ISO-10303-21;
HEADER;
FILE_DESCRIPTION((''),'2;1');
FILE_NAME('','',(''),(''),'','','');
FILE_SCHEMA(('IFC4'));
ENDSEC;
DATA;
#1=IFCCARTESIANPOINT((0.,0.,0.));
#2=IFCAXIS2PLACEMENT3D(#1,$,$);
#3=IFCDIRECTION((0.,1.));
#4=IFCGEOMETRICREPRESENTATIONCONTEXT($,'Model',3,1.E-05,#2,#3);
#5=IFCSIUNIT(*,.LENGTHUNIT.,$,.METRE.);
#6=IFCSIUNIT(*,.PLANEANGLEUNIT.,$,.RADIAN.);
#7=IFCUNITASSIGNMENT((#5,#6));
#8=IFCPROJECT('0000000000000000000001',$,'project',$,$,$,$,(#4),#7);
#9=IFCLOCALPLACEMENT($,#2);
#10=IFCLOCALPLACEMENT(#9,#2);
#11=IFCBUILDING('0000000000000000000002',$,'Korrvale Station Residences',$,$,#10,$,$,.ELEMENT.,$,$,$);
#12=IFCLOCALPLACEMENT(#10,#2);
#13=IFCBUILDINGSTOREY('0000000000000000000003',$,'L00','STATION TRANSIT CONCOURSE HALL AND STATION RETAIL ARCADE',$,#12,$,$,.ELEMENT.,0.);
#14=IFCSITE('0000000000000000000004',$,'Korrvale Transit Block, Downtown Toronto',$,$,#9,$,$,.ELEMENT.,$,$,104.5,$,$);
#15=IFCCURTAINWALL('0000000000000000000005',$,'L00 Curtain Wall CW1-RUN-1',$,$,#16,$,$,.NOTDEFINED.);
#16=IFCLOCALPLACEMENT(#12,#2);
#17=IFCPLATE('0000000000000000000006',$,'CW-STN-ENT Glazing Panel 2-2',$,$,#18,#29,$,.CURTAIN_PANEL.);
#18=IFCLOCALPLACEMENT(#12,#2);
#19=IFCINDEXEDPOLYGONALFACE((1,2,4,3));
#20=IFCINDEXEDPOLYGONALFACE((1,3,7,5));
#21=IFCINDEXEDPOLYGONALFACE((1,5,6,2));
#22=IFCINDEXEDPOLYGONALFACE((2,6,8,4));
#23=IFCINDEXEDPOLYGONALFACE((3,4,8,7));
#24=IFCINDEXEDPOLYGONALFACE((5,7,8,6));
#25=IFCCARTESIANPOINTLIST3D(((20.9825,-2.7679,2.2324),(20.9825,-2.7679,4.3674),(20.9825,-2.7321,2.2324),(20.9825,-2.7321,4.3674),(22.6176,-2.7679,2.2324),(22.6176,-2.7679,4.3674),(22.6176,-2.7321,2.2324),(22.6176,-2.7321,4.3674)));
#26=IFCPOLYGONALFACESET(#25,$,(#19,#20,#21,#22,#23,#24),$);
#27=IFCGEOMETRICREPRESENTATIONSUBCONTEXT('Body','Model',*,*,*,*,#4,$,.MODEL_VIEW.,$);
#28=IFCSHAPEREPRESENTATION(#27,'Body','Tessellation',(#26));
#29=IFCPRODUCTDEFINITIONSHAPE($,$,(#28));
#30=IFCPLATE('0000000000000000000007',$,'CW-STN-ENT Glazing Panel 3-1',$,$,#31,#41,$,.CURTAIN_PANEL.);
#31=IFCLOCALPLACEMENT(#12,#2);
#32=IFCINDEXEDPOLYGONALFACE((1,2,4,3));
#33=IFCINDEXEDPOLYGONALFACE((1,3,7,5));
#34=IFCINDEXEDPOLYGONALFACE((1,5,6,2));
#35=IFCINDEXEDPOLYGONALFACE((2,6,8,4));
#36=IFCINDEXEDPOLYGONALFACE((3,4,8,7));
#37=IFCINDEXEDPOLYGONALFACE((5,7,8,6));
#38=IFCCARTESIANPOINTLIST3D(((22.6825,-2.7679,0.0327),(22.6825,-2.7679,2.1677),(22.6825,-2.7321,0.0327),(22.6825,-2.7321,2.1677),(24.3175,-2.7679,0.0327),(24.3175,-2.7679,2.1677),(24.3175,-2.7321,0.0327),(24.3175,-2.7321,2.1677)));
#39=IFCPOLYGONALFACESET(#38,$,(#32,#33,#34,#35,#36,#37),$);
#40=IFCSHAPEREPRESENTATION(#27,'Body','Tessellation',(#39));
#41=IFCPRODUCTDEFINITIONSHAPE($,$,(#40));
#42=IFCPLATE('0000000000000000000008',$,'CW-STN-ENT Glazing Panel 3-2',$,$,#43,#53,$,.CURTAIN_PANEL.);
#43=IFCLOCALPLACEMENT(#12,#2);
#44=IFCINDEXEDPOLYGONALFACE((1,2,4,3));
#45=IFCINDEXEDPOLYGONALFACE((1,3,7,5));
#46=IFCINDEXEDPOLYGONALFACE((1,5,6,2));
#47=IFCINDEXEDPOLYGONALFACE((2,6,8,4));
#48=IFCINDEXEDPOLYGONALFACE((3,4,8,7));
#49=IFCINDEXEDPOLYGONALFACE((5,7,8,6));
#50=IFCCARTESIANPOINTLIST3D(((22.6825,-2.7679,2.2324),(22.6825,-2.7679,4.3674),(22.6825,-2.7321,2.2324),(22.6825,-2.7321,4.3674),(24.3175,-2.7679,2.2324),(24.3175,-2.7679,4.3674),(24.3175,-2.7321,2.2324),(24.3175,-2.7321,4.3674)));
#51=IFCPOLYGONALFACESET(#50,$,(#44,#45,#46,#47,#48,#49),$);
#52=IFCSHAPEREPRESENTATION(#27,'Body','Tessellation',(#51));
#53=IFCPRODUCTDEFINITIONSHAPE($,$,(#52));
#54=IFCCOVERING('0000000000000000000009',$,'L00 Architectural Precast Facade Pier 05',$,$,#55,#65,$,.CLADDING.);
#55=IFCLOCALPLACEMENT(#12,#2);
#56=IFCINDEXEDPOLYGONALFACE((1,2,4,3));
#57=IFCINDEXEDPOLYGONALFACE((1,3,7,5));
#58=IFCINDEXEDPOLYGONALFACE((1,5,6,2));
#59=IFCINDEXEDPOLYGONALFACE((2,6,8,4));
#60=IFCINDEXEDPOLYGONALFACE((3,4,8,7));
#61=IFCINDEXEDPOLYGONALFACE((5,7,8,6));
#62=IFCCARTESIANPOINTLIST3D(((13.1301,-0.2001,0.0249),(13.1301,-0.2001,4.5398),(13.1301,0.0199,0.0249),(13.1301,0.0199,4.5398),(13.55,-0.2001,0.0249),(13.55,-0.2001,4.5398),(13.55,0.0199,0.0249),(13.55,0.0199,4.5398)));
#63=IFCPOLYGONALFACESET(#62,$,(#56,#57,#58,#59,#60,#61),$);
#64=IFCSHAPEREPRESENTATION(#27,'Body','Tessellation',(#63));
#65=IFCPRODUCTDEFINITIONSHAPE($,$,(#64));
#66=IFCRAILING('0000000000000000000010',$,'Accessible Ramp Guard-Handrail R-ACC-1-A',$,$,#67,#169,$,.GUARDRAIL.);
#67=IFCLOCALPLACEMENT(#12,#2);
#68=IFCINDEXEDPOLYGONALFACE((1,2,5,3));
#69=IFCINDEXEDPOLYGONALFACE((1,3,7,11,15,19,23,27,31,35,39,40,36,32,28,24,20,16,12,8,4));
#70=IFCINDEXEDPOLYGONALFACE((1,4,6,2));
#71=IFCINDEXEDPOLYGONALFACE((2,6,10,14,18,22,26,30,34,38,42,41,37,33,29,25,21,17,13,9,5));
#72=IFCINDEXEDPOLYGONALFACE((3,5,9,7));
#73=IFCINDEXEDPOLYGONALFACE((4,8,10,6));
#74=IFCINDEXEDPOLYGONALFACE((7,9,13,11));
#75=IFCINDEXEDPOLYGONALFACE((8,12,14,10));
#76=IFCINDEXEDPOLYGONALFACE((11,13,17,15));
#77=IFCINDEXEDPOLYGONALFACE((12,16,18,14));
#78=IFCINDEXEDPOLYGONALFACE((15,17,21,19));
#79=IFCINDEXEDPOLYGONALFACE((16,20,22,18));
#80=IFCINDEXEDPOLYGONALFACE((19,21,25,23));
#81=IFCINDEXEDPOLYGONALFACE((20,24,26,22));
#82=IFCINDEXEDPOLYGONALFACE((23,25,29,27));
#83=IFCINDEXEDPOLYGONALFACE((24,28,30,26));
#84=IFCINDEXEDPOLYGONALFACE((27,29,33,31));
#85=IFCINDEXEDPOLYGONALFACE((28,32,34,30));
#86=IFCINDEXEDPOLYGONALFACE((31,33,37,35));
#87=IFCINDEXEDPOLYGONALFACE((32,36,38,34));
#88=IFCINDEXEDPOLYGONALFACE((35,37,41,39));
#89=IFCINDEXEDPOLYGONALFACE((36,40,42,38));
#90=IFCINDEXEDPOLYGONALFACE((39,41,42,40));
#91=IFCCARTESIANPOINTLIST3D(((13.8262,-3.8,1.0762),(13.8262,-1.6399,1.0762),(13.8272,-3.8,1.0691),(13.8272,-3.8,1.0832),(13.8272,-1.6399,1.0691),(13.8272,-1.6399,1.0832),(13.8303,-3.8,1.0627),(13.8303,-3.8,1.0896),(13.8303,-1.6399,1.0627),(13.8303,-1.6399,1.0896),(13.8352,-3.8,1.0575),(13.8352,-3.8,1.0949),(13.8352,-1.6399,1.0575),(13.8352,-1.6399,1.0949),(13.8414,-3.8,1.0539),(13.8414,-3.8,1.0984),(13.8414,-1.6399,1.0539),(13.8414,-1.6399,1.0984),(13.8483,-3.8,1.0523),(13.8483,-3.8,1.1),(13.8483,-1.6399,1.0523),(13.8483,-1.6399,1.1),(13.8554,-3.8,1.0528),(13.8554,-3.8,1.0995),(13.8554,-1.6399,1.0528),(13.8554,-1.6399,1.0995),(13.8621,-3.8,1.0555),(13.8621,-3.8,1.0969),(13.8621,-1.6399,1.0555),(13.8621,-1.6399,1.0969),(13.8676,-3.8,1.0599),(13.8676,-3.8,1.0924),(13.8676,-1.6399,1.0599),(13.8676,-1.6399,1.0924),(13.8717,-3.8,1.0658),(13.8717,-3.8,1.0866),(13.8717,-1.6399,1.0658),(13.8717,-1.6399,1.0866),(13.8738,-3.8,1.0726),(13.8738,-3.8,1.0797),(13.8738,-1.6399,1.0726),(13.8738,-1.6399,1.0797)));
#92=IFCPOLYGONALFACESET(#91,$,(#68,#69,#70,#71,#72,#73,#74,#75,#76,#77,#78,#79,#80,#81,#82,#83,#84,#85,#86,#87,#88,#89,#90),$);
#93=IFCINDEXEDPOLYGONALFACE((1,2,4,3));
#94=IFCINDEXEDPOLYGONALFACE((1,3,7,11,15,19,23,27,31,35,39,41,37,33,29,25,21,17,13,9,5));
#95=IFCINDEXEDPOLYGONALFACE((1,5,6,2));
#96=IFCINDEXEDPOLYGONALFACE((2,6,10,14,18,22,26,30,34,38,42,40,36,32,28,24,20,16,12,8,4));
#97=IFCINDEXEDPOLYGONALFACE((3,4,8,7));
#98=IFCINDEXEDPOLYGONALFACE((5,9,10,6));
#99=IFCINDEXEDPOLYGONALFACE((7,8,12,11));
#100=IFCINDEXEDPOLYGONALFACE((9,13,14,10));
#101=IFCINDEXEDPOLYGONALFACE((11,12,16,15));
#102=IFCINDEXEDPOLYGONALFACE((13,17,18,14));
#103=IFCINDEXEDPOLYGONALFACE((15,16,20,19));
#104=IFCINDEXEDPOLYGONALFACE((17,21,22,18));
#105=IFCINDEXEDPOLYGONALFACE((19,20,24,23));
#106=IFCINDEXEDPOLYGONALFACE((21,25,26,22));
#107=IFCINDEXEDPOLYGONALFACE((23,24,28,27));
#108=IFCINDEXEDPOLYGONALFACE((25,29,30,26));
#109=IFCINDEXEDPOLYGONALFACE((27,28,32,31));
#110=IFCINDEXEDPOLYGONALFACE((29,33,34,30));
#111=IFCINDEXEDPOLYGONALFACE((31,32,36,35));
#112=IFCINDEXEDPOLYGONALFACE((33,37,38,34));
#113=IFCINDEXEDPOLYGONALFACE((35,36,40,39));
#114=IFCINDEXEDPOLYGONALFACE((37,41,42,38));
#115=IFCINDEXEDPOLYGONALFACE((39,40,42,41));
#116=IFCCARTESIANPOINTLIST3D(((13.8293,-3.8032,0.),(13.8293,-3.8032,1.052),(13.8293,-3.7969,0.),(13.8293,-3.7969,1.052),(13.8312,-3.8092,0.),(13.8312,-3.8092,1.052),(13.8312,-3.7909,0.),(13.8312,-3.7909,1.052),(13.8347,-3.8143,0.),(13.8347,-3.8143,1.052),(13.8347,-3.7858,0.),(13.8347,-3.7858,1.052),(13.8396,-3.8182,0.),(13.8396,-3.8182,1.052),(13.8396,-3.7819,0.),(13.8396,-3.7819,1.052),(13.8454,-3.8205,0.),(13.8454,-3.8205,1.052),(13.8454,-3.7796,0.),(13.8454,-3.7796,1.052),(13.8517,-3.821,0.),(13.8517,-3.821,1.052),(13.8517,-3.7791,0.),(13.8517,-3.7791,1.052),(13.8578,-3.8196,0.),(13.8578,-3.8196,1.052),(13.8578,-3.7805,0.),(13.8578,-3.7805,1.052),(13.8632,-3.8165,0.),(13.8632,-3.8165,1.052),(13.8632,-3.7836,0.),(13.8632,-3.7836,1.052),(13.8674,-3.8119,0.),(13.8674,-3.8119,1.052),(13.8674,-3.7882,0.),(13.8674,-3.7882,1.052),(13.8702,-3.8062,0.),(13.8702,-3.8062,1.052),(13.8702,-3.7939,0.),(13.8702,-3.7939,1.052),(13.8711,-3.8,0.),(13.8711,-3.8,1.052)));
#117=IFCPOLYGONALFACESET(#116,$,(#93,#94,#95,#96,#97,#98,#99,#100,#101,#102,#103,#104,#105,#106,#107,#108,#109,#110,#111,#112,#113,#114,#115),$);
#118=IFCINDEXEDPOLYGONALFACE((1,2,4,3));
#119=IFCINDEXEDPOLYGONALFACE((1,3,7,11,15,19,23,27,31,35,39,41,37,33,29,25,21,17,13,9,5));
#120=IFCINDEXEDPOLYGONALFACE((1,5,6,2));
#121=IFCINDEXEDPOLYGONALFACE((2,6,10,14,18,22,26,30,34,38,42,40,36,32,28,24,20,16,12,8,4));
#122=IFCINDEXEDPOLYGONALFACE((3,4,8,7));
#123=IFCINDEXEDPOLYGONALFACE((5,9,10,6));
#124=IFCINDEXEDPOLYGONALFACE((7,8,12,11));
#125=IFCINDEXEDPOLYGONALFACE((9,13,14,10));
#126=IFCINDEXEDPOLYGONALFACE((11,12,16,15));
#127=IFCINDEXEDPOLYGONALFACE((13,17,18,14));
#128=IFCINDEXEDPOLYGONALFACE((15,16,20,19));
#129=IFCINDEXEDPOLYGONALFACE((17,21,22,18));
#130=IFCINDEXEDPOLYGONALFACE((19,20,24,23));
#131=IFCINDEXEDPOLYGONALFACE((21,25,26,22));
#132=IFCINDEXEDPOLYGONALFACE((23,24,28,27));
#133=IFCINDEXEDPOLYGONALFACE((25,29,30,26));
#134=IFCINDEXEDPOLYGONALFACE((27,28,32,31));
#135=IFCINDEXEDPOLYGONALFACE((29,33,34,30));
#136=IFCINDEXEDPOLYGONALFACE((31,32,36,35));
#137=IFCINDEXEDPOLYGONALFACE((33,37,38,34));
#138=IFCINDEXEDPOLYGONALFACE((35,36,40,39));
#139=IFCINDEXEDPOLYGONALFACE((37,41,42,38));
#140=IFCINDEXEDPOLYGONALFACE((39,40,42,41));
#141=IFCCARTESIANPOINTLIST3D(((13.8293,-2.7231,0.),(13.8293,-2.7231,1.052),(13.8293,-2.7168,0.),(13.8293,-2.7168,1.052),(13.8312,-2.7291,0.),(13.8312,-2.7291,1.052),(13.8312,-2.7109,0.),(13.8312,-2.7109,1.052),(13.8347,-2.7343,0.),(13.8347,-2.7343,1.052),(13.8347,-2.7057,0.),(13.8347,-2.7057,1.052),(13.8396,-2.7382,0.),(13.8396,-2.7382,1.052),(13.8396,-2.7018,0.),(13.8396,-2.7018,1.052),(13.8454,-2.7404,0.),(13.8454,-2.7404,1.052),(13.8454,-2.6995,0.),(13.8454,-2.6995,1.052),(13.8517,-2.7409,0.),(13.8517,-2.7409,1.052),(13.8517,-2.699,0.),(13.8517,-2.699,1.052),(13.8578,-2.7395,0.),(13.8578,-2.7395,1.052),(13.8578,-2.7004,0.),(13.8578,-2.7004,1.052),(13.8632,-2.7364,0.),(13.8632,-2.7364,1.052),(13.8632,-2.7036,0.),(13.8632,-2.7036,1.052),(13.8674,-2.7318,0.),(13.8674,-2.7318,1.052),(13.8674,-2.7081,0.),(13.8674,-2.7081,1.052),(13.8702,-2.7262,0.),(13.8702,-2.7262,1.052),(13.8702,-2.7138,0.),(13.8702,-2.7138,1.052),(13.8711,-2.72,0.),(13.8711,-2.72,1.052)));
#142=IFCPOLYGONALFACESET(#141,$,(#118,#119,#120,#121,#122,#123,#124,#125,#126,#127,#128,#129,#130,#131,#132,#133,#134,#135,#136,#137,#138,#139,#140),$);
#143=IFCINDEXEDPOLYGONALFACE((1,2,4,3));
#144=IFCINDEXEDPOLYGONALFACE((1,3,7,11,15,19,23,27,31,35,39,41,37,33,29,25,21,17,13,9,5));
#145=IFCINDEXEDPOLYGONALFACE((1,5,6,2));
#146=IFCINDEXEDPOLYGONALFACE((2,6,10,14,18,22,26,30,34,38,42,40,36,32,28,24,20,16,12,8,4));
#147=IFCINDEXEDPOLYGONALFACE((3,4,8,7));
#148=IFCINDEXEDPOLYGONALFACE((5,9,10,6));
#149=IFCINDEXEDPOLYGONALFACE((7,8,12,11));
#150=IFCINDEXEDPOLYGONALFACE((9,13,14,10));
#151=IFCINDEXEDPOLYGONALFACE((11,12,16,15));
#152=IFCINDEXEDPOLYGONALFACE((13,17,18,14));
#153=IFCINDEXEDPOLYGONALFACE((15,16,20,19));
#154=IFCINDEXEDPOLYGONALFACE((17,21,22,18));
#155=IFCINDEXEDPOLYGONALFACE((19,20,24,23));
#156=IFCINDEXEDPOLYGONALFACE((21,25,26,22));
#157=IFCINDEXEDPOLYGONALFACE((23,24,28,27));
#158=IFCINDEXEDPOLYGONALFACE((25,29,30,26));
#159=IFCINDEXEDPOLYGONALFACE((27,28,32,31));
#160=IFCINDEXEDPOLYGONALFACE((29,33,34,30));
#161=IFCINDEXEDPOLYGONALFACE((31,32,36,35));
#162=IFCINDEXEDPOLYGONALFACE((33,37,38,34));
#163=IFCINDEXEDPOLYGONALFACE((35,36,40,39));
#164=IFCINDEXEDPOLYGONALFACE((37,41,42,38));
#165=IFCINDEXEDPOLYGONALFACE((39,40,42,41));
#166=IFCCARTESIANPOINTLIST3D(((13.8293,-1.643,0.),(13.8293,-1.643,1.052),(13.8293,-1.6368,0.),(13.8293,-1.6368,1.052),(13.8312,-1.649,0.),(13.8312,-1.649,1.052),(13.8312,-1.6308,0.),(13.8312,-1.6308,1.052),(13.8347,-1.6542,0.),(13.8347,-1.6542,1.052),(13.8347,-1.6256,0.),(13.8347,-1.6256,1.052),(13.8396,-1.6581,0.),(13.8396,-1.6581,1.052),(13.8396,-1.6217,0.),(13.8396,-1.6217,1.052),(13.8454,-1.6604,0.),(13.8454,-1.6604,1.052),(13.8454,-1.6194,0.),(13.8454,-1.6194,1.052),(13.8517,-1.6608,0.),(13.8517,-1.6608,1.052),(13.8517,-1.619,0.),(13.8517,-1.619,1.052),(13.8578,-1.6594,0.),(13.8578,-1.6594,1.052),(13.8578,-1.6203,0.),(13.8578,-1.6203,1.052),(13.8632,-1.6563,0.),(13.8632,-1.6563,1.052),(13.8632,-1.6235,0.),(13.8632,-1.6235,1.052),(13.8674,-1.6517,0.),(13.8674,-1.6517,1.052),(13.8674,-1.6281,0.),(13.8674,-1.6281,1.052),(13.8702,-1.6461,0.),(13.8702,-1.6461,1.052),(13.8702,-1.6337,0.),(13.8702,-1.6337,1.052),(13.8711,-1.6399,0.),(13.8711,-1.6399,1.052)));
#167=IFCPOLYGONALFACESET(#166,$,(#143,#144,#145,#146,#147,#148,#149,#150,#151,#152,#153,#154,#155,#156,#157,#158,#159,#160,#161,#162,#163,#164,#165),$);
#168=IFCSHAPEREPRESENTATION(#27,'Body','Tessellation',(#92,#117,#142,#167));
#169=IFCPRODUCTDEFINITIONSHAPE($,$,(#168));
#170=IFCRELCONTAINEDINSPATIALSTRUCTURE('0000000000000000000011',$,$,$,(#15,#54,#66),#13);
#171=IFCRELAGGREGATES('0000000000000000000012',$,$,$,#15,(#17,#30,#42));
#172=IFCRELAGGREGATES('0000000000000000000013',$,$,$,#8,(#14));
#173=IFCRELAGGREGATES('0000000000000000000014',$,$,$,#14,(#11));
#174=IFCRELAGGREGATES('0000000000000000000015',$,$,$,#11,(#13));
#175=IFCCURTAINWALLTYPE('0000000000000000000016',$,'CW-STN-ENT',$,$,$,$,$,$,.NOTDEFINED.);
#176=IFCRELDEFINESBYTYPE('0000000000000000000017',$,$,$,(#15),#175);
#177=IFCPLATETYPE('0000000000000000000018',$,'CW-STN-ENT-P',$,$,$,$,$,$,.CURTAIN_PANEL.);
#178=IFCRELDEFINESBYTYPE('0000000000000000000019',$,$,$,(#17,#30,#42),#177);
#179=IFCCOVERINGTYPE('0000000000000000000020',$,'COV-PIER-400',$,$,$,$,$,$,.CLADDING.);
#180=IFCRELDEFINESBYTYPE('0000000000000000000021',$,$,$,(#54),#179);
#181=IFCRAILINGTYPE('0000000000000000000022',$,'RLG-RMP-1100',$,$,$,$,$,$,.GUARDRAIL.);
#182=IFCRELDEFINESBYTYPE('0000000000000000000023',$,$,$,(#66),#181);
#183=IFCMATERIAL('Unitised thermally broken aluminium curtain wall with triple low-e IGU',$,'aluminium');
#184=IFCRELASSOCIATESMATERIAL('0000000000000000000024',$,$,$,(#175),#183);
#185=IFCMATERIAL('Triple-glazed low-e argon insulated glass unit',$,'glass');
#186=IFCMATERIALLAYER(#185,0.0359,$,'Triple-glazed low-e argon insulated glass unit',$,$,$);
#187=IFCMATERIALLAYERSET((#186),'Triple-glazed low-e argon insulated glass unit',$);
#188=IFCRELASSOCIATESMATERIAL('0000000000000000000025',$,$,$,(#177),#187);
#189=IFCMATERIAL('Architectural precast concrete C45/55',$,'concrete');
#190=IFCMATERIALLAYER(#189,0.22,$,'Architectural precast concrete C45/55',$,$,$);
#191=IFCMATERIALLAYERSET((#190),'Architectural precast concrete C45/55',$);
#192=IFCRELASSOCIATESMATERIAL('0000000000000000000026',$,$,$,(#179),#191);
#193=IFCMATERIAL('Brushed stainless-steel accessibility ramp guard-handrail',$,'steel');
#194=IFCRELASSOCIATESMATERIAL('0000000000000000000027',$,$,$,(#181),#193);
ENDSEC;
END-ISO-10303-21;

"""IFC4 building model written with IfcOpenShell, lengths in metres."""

from ifc_helpers import new_model, si_unit, direction, frame, origin, origin_2d, place, context, subcontext, project, spatial, rectangle, circle, extrude, material, layer, layer_set, type_object, element, aggregate, save


model = new_model("IFC4")

# Units and contexts
model_context = context("Model", 3, precision=1e-05, world=origin(), true_north=direction((0.0, 1.0)))
body_context = subcontext(model_context, "Body", "Model", "MODEL_VIEW")
ifc_project = project(units=[si_unit("LENGTHUNIT", "METRE"), si_unit("PLANEANGLEUNIT", "RADIAN")], contexts=[model_context])

# Site, building, storey
site_placement = place(None, origin())
site = spatial("IfcSite", under=ifc_project, at=site_placement, Name="Korrvale Transit Block, Downtown Toronto", CompositionType="ELEMENT", RefElevation=104.5)
building_placement = place(site_placement, origin())
building = spatial("IfcBuilding", under=site, at=building_placement, Name="Korrvale Station Residences", CompositionType="ELEMENT")
storey_placement = place(building_placement, origin())
storey = spatial("IfcBuildingStorey", under=building, at=storey_placement, Name="L00", Description="STATION TRANSIT CONCOURSE HALL AND STATION RETAIL ARCADE", CompositionType="ELEMENT", Elevation=0.0)

# Curtain wall, plates
ifc_material_1 = material(Name="Unitised thermally broken aluminium curtain wall with triple low-e IGU", Category="aluminium")
curtain_wall_type = type_object("IfcCurtainWallType", Name="CW-STN-ENT", PredefinedType="NOTDEFINED", material=ifc_material_1)
curtain_wall_placement = place(storey_placement, origin())
curtain_wall = element("IfcCurtainWall", 1, at=curtain_wall_placement, inside=storey, type_object=curtain_wall_type, Name="L00 Curtain Wall CW1-RUN-1", PredefinedType="NOTDEFINED")
ifc_material_2 = material(Name="Triple-glazed low-e argon insulated glass unit", Category="glass")
ifc_layer_1 = layer(ifc_material_2, 0.0359, Name="Triple-glazed low-e argon insulated glass unit")
ifc_layer_set_1 = layer_set([ifc_layer_1], Name="Triple-glazed low-e argon insulated glass unit")
plate_type = type_object("IfcPlateType", Name="CW-STN-ENT-P", PredefinedType="CURTAIN_PANEL", material=ifc_layer_set_1)
plate_1_placement = place(storey_placement, frame((21.8, -2.75, 2.2324), z_axis=(0.0, 0.0, 1.0), x_axis=(1.0, 0.0, 0.0)))
plate_1 = element("IfcPlate", 2, at=plate_1_placement, type_object=plate_type, Name="CW-STN-ENT Glazing Panel 2-2", PredefinedType="CURTAIN_PANEL", context=body_context, shape_type="SweptSolid", body=[
    extrude(rectangle(XDim=1.635, YDim=0.0359, at=origin_2d()), origin(), (0.0, 0.0, 1.0), 2.135),
])
plate_2_placement = place(storey_placement, frame((23.5, -2.75, 0.0327), z_axis=(0.0, 0.0, 1.0), x_axis=(1.0, 0.0, 0.0)))
plate_2 = element("IfcPlate", 3, at=plate_2_placement, type_object=plate_type, Name="CW-STN-ENT Glazing Panel 3-1", PredefinedType="CURTAIN_PANEL", context=body_context, shape_type="SweptSolid", body=[
    extrude(rectangle(XDim=1.635, YDim=0.0359, at=origin_2d()), origin(), (0.0, 0.0, 1.0), 2.135),
])
plate_3_placement = place(storey_placement, frame((23.5, -2.75, 2.2324), z_axis=(0.0, 0.0, 1.0), x_axis=(1.0, 0.0, 0.0)))
plate_3 = element("IfcPlate", 4, at=plate_3_placement, type_object=plate_type, Name="CW-STN-ENT Glazing Panel 3-2", PredefinedType="CURTAIN_PANEL", context=body_context, shape_type="SweptSolid", body=[
    extrude(rectangle(XDim=1.635, YDim=0.0359, at=origin_2d()), origin(), (0.0, 0.0, 1.0), 2.135),
])
aggregate(curtain_wall, [plate_1, plate_2, plate_3])

# Covering
ifc_material_3 = material(Name="Architectural precast concrete C45/55", Category="concrete")
ifc_layer_2 = layer(ifc_material_3, 0.22, Name="Architectural precast concrete C45/55")
ifc_layer_set_2 = layer_set([ifc_layer_2], Name="Architectural precast concrete C45/55")
covering_type = type_object("IfcCoveringType", Name="COV-PIER-400", PredefinedType="CLADDING", material=ifc_layer_set_2)
covering_placement = place(storey_placement, frame((13.3401, -0.0901, 0.0249), z_axis=(0.0, 0.0, 1.0), x_axis=(1.0, 0.0, 0.0)))
element("IfcCovering", 5, at=covering_placement, inside=storey, type_object=covering_type, Name="L00 Architectural Precast Facade Pier 05", PredefinedType="CLADDING", context=body_context, shape_type="SweptSolid", body=[
    extrude(rectangle(XDim=0.4199, YDim=0.22, at=origin_2d()), origin(), (0.0, 0.0, 1.0), 4.5149),
])

# Railing
ifc_material_4 = material(Name="Brushed stainless-steel accessibility ramp guard-handrail", Category="steel")
railing_type = type_object("IfcRailingType", Name="RLG-RMP-1100", PredefinedType="GUARDRAIL", material=ifc_material_4)
for number, where, name in (
    (6, (13.8501, -3.8, 0.0), "Accessible Ramp Guard-Handrail R-ACC-1-A"),
):
    element("IfcRailing", number, at=place(storey_placement, frame(where)), inside=storey, type_object=railing_type, Name=name, PredefinedType="GUARDRAIL", context=body_context, shape_type="SweptSolid", body=[
        extrude(circle(Radius=0.0239, at=origin_2d()), frame((0.0, 0.0, 1.0762), z_axis=(0.0, 1.0, 0.0), x_axis=(-1.0, 0.0, 0.0)), (0.0, 0.0, 1.0), 2.1602),
        extrude(circle(Radius=0.021, at=origin_2d()), origin(), (0.0, 0.0, 1.0), 1.052),
        extrude(circle(Radius=0.021, at=origin_2d()), frame((0.0, 1.0801, 0.0)), (0.0, 0.0, 1.0), 1.052),
        extrude(circle(Radius=0.021, at=origin_2d()), frame((0.0, 2.1602, 0.0)), (0.0, 0.0, 1.0), 1.052),
    ])

save(model, "model.ifc")
